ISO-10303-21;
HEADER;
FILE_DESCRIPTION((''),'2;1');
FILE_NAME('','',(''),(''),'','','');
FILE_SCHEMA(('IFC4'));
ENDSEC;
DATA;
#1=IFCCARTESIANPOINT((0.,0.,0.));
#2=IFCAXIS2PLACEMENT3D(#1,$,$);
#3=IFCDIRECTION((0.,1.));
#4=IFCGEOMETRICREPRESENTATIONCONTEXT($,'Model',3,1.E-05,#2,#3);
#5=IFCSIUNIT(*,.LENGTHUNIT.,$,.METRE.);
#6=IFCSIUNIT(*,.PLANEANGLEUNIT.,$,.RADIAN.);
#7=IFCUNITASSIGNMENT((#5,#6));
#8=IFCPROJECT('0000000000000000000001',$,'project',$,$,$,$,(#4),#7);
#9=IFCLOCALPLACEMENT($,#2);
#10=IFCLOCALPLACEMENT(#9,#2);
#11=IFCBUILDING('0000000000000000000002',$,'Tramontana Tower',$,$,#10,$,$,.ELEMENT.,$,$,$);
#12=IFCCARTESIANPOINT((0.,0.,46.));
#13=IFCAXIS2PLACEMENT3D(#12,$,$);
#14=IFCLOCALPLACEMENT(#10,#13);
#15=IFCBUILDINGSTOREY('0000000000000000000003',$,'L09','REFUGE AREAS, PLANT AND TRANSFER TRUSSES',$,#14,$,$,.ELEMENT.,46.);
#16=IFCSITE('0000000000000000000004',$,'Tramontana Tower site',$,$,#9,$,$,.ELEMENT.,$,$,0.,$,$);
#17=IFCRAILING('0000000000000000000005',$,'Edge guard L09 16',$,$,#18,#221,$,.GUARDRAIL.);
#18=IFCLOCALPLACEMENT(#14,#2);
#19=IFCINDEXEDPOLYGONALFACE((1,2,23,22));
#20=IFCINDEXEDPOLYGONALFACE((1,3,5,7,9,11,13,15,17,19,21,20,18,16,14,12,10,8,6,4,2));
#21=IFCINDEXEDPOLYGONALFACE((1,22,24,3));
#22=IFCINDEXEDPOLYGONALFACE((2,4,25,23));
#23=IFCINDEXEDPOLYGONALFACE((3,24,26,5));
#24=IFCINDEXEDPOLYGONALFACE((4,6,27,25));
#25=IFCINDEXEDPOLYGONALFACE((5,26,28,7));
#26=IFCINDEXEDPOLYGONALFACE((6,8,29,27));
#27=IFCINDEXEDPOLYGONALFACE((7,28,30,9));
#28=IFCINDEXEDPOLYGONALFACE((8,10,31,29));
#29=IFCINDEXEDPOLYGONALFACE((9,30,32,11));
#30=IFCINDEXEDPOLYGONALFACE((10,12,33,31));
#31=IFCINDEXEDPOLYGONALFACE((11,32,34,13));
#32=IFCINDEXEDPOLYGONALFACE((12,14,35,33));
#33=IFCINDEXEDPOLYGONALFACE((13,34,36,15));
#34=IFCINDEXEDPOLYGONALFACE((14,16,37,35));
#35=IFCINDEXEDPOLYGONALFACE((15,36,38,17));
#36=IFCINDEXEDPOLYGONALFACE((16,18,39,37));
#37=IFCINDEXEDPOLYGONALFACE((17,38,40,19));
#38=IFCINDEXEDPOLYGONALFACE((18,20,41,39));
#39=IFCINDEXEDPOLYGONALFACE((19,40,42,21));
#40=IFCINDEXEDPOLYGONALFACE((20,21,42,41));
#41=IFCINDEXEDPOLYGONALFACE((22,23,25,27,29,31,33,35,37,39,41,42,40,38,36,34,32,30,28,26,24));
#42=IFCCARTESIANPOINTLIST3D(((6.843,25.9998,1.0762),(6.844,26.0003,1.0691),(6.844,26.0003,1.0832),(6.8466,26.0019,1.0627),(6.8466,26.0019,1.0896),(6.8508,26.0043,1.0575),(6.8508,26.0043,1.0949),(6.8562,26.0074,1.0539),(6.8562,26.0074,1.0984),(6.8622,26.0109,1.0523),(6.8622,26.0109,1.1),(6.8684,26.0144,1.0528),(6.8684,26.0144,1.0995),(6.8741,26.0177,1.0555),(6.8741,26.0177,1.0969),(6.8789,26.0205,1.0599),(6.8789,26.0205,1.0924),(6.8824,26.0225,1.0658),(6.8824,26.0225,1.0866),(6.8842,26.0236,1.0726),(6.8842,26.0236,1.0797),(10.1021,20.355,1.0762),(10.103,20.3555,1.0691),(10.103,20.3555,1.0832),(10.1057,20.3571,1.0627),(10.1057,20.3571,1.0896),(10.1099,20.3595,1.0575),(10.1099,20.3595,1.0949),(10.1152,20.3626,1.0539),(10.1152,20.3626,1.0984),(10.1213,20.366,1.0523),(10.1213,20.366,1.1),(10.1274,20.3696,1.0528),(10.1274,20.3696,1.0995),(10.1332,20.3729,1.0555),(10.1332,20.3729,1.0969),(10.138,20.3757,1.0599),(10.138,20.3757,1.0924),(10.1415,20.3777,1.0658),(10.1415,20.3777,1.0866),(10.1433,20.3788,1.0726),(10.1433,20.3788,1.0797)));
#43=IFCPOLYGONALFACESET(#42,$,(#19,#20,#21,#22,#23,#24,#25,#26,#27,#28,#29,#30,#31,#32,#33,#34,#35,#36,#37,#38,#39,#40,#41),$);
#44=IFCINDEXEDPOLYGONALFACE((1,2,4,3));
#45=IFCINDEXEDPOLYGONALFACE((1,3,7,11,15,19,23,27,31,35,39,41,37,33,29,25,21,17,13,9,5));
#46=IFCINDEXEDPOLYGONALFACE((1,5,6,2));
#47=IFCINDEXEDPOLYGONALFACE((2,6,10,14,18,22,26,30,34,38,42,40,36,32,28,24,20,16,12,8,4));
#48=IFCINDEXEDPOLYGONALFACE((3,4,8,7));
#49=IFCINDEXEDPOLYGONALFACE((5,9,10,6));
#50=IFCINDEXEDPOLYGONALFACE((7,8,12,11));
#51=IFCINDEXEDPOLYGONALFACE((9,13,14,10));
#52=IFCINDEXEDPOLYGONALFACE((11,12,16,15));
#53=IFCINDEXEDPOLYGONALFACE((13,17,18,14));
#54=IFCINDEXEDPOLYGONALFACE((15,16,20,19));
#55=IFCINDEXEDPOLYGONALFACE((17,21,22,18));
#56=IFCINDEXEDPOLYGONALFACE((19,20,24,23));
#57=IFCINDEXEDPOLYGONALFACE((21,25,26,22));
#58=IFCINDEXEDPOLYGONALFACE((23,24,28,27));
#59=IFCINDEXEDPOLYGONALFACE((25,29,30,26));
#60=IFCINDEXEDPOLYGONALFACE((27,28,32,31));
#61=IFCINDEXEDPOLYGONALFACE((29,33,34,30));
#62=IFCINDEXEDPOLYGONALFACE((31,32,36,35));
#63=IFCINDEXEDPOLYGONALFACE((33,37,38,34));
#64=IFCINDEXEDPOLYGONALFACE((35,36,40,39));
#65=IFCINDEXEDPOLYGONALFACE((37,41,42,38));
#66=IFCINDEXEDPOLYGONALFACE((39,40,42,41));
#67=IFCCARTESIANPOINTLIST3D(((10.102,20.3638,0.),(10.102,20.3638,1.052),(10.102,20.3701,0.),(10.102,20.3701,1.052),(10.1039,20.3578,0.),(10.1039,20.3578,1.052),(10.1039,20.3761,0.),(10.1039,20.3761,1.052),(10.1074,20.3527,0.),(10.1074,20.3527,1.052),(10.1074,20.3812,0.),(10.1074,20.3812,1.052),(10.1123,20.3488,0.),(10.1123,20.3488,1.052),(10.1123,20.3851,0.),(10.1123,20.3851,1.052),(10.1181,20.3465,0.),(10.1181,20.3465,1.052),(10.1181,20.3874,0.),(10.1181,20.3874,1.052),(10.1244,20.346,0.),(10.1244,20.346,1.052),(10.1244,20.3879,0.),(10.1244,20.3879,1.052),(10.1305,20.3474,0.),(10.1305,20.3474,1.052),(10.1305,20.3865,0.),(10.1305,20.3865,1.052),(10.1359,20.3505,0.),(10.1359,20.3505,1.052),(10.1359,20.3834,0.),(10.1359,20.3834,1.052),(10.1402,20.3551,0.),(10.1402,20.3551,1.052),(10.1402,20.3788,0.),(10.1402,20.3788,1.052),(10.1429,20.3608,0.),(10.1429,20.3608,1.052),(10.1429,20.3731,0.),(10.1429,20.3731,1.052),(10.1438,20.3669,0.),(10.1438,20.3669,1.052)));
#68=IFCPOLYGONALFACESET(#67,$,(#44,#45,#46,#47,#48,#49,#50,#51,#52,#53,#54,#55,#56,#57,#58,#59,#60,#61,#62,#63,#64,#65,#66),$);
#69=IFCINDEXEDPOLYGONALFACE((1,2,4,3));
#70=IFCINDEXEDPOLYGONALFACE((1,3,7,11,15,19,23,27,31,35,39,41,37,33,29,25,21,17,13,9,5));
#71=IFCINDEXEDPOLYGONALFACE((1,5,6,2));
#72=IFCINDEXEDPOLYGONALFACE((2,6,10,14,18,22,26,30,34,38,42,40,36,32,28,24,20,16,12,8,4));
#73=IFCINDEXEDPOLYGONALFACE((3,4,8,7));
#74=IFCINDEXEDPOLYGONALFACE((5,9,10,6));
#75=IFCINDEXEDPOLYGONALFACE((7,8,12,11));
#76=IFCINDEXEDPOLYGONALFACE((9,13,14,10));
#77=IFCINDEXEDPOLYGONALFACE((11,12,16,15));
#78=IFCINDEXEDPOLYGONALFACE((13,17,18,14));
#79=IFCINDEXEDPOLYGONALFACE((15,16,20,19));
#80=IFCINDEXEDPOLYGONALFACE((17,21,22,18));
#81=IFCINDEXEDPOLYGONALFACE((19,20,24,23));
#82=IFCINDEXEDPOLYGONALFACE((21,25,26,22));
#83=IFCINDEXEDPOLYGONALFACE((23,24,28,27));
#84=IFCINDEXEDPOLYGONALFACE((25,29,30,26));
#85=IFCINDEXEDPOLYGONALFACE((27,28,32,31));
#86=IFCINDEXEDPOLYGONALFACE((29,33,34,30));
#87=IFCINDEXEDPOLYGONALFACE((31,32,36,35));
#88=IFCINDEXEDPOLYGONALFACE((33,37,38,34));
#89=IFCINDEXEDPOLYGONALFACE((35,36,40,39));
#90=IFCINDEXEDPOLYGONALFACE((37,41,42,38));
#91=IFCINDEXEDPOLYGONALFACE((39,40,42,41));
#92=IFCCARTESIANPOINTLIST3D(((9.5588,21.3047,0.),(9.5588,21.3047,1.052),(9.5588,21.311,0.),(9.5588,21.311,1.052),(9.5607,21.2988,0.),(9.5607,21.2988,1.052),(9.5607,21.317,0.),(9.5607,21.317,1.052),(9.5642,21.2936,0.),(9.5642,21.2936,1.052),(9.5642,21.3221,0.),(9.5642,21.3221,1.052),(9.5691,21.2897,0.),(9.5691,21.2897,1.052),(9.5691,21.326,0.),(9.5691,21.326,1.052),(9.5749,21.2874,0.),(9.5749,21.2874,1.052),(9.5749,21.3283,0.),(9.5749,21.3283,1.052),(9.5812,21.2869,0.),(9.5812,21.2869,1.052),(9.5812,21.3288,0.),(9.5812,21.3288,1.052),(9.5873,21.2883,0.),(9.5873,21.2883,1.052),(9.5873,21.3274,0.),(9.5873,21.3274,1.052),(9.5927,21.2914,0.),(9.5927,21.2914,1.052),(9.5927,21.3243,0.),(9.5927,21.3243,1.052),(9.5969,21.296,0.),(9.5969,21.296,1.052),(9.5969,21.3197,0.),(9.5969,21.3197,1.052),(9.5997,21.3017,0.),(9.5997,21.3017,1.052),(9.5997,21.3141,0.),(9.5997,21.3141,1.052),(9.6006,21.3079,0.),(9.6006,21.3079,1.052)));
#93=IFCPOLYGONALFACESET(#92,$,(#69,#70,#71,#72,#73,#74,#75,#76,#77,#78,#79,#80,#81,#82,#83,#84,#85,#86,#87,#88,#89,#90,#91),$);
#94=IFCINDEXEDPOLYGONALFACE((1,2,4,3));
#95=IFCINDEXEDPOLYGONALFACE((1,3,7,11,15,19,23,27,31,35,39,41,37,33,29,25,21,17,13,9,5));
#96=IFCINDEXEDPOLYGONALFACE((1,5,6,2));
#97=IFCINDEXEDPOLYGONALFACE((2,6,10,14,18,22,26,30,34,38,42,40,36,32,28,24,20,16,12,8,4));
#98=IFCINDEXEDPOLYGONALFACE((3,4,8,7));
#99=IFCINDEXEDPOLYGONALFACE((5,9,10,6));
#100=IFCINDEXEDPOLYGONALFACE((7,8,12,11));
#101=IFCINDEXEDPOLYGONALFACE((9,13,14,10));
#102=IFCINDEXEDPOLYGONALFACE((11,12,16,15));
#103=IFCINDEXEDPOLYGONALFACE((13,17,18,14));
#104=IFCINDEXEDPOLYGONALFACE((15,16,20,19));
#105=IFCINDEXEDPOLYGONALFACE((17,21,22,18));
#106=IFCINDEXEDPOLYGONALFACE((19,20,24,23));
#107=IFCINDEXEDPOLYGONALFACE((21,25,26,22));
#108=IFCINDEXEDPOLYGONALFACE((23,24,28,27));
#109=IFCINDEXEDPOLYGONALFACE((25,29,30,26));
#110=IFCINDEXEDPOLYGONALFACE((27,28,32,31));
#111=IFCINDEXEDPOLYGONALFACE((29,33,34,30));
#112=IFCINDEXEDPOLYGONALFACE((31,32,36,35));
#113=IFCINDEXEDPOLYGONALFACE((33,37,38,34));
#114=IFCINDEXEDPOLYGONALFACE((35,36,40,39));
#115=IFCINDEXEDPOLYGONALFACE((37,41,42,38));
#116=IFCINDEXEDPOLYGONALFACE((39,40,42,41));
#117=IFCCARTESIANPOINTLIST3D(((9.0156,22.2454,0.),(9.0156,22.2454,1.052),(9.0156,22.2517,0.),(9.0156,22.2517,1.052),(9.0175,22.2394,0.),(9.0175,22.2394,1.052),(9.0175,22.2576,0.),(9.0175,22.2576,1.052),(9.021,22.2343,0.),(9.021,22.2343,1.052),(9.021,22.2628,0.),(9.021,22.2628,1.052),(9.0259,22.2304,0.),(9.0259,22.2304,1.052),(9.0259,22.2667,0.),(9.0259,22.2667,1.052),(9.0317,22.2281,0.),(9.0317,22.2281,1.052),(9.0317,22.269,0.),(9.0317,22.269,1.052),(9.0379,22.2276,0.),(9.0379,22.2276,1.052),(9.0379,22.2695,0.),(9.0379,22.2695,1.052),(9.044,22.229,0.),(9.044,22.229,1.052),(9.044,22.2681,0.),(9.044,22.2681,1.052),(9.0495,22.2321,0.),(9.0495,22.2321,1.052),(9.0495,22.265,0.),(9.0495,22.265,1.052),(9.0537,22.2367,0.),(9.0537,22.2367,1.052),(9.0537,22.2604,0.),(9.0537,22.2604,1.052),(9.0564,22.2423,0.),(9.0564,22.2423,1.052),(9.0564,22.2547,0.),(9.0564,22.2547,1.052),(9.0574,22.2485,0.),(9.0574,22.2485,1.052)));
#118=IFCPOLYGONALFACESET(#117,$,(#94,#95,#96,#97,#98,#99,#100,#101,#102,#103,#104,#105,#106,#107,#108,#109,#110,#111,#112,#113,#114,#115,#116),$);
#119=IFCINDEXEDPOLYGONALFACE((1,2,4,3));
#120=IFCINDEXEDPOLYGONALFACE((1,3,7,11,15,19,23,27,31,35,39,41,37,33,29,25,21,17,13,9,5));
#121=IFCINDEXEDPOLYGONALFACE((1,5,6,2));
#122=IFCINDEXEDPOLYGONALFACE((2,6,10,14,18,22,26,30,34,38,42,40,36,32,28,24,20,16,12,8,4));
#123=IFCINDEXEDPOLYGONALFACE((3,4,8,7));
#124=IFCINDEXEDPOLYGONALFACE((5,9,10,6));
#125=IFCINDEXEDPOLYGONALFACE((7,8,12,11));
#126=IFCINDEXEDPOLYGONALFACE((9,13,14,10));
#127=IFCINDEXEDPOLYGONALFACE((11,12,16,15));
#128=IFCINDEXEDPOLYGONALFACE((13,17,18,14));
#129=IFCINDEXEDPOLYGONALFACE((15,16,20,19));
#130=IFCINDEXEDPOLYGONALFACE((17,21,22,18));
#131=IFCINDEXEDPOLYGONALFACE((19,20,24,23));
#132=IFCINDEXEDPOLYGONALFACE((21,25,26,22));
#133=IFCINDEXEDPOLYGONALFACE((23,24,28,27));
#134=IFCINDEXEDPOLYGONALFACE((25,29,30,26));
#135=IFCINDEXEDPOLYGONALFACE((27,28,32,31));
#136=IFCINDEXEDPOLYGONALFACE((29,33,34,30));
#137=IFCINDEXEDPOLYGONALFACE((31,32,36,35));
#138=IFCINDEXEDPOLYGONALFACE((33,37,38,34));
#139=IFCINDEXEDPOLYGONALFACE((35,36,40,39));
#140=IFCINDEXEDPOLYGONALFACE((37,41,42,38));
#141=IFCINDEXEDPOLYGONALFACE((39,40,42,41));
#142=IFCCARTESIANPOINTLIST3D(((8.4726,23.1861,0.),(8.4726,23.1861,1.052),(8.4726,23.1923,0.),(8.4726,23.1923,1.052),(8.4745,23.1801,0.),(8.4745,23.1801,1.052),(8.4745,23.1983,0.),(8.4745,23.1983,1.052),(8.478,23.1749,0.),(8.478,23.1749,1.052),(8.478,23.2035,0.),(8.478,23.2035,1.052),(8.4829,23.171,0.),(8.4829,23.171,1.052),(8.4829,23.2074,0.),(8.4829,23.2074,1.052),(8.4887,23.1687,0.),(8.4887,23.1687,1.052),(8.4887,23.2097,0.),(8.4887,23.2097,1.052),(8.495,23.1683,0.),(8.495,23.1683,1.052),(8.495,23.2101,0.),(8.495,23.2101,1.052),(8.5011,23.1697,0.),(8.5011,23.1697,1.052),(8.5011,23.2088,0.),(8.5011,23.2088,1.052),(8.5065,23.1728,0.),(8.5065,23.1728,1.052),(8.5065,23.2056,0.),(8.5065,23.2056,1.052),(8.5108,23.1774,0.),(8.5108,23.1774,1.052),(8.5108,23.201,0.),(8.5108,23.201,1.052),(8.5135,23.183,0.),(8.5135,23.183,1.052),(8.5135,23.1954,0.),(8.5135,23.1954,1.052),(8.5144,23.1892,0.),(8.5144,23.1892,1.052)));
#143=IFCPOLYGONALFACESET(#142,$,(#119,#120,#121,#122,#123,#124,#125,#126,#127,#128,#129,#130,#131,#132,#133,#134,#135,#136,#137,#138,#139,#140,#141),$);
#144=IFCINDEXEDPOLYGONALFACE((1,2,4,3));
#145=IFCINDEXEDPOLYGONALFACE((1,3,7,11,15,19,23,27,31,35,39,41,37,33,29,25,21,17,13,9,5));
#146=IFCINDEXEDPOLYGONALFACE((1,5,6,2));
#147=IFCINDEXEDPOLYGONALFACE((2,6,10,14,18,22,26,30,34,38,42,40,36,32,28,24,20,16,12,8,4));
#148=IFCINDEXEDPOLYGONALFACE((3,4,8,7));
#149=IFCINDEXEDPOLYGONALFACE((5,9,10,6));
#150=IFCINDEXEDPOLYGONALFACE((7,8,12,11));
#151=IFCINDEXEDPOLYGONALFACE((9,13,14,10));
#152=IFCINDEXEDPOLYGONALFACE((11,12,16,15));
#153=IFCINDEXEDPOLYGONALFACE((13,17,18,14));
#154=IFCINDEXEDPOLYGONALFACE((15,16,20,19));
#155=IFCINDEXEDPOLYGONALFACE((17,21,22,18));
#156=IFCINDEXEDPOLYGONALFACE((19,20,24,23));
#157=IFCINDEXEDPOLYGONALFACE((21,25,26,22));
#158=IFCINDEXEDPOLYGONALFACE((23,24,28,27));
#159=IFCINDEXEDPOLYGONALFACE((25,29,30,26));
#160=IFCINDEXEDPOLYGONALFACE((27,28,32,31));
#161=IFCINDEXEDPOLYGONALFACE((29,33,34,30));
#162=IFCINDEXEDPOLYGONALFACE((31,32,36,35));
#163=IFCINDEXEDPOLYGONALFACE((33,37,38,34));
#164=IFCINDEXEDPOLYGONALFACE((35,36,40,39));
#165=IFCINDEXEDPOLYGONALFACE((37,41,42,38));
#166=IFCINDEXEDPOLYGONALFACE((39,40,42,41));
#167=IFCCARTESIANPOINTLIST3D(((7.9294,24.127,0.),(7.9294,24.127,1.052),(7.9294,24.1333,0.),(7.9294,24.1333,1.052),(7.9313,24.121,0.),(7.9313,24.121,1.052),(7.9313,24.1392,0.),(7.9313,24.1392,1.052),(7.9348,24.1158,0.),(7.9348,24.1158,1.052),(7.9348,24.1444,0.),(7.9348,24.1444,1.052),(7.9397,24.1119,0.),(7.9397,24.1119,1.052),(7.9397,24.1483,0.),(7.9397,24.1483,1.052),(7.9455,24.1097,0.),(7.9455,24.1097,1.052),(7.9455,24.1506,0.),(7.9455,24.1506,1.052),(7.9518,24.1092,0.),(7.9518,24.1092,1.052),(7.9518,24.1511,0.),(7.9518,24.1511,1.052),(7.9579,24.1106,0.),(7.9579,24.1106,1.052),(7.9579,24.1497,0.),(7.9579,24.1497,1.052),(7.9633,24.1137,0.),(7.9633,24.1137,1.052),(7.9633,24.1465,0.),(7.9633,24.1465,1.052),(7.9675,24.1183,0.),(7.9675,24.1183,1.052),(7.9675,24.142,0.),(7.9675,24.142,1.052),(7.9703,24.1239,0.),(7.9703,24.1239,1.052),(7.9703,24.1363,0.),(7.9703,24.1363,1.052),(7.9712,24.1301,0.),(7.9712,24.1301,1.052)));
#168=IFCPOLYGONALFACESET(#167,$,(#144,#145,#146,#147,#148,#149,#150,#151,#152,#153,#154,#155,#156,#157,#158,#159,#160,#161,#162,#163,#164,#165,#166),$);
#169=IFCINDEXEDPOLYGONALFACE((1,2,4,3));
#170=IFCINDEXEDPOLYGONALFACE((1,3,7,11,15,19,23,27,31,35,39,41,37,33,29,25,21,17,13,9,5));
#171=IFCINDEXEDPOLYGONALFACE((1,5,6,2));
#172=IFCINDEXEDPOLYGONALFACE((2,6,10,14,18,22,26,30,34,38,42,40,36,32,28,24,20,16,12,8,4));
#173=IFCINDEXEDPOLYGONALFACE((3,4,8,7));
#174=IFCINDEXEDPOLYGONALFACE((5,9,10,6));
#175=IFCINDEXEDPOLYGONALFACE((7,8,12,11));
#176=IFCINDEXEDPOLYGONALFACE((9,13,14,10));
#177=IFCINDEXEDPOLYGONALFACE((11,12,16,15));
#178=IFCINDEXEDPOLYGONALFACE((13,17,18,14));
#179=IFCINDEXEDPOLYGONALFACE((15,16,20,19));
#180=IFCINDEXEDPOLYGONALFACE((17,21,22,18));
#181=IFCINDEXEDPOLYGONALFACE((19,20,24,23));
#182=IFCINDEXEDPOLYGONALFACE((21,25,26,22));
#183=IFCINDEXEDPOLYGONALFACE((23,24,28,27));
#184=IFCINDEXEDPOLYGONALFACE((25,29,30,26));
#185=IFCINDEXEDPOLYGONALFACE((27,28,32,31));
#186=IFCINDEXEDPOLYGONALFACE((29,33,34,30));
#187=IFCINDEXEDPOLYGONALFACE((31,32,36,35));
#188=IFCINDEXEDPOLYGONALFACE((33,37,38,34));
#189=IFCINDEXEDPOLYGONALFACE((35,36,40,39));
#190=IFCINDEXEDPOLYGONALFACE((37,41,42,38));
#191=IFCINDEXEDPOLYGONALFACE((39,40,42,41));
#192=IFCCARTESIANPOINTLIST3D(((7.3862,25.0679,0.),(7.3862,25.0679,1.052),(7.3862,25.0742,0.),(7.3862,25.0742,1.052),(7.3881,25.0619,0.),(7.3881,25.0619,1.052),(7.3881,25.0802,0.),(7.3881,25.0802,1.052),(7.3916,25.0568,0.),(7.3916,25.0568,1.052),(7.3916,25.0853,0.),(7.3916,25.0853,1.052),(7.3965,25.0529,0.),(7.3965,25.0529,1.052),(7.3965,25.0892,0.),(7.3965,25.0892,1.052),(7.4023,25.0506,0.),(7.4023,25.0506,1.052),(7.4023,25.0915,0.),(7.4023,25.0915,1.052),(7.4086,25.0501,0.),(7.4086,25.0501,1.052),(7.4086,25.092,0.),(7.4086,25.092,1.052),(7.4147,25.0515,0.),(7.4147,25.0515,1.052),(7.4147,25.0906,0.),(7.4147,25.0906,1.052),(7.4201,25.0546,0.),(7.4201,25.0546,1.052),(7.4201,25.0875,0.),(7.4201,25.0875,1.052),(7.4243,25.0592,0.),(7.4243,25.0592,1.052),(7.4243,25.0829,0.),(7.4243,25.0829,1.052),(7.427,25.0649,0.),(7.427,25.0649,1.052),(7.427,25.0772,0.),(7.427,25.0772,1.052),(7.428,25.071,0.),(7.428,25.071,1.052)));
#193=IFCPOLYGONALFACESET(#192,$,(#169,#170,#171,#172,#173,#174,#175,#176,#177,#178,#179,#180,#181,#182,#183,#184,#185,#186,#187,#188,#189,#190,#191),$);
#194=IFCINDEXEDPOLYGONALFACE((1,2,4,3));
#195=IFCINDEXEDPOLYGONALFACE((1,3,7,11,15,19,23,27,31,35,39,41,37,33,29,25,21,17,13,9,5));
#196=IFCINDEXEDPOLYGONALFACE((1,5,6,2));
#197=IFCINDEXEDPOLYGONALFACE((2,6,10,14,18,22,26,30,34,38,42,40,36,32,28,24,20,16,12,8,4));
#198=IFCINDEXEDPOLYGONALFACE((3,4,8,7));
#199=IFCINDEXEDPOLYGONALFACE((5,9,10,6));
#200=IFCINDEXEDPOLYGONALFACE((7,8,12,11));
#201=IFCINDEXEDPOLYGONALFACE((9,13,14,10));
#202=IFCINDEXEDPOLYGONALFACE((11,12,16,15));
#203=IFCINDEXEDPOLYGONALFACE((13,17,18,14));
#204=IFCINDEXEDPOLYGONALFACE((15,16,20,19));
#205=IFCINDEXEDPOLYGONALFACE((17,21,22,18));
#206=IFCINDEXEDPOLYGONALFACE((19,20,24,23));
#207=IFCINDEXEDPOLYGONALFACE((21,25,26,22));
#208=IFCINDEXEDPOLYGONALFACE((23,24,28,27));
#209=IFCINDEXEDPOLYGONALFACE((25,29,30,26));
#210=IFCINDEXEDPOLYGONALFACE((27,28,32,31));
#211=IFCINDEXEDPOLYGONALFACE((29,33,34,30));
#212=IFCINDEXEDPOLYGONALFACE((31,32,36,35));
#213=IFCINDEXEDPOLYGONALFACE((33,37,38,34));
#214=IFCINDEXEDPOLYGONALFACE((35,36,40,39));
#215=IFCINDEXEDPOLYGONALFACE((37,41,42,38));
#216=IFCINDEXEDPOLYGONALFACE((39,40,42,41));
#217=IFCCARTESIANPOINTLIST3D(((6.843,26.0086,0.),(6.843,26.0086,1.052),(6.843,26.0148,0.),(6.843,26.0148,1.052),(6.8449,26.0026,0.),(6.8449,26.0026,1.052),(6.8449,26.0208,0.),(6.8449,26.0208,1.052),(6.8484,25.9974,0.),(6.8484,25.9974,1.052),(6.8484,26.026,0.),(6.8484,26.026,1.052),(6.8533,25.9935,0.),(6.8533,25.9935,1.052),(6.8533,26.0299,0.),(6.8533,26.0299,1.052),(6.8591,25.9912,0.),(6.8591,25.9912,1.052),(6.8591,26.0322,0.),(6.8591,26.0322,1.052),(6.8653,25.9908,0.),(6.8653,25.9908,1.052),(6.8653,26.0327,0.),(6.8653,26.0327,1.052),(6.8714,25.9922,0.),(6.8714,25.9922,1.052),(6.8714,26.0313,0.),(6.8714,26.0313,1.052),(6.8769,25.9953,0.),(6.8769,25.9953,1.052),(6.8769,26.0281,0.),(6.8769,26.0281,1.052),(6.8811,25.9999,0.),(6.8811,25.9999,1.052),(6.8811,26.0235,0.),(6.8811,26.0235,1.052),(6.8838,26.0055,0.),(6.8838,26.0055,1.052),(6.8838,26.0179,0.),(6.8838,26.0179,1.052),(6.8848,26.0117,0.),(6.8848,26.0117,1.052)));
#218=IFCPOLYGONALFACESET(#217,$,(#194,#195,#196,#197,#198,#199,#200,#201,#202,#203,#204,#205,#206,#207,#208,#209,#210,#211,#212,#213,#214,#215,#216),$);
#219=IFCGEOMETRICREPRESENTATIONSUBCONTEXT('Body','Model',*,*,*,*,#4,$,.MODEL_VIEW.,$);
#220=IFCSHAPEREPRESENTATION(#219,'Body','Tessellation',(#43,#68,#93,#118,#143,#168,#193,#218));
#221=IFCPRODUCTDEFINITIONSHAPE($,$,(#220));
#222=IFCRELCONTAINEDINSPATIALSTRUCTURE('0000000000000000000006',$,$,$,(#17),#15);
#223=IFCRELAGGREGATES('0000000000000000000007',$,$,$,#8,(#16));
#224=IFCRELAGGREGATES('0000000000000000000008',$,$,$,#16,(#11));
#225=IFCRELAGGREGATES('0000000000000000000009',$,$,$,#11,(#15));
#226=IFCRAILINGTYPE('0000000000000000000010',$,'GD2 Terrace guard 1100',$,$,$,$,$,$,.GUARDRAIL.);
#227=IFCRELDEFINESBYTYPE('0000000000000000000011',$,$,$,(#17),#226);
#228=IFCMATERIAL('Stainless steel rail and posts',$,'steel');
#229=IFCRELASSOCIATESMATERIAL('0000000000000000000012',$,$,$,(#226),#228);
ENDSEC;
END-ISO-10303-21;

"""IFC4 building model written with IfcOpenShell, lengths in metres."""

from ifc_helpers import new_model, si_unit, direction, frame, origin, origin_2d, place, context, subcontext, project, spatial, circle, extrude, material, type_object, element, save


model = new_model("IFC4")

# Units and contexts
model_context = context("Model", 3, precision=1e-05, world=origin(), true_north=direction((0.0, 1.0)))
body_context = subcontext(model_context, "Body", "Model", "MODEL_VIEW")
ifc_project = project(units=[si_unit("LENGTHUNIT", "METRE"), si_unit("PLANEANGLEUNIT", "RADIAN")], contexts=[model_context])

# Site, building, storey
site_placement = place(None, origin())
site = spatial("IfcSite", under=ifc_project, at=site_placement, Name="Tramontana Tower site", CompositionType="ELEMENT", RefElevation=0.0)
building_placement = place(site_placement, origin())
building = spatial("IfcBuilding", under=site, at=building_placement, Name="Tramontana Tower", CompositionType="ELEMENT")
storey_placement = place(building_placement, frame((0.0, 0.0, 46.0)))
storey = spatial("IfcBuildingStorey", under=building, at=storey_placement, Name="L09", Description="REFUGE AREAS, PLANT AND TRANSFER TRUSSES", CompositionType="ELEMENT", Elevation=46.0)

# Railing
ifc_material_1 = material(Name="Stainless steel rail and posts", Category="steel")
railing_type = type_object("IfcRailingType", Name="GD2 Terrace guard 1100", PredefinedType="GUARDRAIL", material=ifc_material_1)
railing_1_placement = place(storey_placement, frame((10.1228, 20.3669, 0.0)))
element("IfcRailing", 1, at=railing_1_placement, inside=storey, type_object=railing_type, Name="Edge guard L09 16", PredefinedType="GUARDRAIL", context=body_context, shape_type="SweptSolid", body=[
    extrude(circle(Radius=0.0239, at=origin_2d()), frame((0.0, 0.0, 1.0762), z_axis=(-0.500002, 0.866024, 0.0), x_axis=(-0.866024, -0.500002, 0.0)), (0.0, 0.0, 1.0), 6.5181),
    extrude(circle(Radius=0.021, at=origin_2d()), origin(), (0.0, 0.0, 1.0), 1.052),
    extrude(circle(Radius=0.021, at=origin_2d()), frame((-0.5432, 0.9409, 0.0)), (0.0, 0.0, 1.0), 1.052),
    extrude(circle(Radius=0.021, at=origin_2d()), frame((-1.0864, 1.8816, 0.0)), (0.0, 0.0, 1.0), 1.052),
    extrude(circle(Radius=0.021, at=origin_2d()), frame((-1.6294, 2.8223, 0.0)), (0.0, 0.0, 1.0), 1.052),
    extrude(circle(Radius=0.021, at=origin_2d()), frame((-2.1726, 3.7632, 0.0)), (0.0, 0.0, 1.0), 1.052),
    extrude(circle(Radius=0.021, at=origin_2d()), frame((-2.7158, 4.7041, 0.0)), (0.0, 0.0, 1.0), 1.052),
    extrude(circle(Radius=0.021, at=origin_2d()), frame((-3.259, 5.6448, 0.0)), (0.0, 0.0, 1.0), 1.052),
])

save(model, "model.ifc")
